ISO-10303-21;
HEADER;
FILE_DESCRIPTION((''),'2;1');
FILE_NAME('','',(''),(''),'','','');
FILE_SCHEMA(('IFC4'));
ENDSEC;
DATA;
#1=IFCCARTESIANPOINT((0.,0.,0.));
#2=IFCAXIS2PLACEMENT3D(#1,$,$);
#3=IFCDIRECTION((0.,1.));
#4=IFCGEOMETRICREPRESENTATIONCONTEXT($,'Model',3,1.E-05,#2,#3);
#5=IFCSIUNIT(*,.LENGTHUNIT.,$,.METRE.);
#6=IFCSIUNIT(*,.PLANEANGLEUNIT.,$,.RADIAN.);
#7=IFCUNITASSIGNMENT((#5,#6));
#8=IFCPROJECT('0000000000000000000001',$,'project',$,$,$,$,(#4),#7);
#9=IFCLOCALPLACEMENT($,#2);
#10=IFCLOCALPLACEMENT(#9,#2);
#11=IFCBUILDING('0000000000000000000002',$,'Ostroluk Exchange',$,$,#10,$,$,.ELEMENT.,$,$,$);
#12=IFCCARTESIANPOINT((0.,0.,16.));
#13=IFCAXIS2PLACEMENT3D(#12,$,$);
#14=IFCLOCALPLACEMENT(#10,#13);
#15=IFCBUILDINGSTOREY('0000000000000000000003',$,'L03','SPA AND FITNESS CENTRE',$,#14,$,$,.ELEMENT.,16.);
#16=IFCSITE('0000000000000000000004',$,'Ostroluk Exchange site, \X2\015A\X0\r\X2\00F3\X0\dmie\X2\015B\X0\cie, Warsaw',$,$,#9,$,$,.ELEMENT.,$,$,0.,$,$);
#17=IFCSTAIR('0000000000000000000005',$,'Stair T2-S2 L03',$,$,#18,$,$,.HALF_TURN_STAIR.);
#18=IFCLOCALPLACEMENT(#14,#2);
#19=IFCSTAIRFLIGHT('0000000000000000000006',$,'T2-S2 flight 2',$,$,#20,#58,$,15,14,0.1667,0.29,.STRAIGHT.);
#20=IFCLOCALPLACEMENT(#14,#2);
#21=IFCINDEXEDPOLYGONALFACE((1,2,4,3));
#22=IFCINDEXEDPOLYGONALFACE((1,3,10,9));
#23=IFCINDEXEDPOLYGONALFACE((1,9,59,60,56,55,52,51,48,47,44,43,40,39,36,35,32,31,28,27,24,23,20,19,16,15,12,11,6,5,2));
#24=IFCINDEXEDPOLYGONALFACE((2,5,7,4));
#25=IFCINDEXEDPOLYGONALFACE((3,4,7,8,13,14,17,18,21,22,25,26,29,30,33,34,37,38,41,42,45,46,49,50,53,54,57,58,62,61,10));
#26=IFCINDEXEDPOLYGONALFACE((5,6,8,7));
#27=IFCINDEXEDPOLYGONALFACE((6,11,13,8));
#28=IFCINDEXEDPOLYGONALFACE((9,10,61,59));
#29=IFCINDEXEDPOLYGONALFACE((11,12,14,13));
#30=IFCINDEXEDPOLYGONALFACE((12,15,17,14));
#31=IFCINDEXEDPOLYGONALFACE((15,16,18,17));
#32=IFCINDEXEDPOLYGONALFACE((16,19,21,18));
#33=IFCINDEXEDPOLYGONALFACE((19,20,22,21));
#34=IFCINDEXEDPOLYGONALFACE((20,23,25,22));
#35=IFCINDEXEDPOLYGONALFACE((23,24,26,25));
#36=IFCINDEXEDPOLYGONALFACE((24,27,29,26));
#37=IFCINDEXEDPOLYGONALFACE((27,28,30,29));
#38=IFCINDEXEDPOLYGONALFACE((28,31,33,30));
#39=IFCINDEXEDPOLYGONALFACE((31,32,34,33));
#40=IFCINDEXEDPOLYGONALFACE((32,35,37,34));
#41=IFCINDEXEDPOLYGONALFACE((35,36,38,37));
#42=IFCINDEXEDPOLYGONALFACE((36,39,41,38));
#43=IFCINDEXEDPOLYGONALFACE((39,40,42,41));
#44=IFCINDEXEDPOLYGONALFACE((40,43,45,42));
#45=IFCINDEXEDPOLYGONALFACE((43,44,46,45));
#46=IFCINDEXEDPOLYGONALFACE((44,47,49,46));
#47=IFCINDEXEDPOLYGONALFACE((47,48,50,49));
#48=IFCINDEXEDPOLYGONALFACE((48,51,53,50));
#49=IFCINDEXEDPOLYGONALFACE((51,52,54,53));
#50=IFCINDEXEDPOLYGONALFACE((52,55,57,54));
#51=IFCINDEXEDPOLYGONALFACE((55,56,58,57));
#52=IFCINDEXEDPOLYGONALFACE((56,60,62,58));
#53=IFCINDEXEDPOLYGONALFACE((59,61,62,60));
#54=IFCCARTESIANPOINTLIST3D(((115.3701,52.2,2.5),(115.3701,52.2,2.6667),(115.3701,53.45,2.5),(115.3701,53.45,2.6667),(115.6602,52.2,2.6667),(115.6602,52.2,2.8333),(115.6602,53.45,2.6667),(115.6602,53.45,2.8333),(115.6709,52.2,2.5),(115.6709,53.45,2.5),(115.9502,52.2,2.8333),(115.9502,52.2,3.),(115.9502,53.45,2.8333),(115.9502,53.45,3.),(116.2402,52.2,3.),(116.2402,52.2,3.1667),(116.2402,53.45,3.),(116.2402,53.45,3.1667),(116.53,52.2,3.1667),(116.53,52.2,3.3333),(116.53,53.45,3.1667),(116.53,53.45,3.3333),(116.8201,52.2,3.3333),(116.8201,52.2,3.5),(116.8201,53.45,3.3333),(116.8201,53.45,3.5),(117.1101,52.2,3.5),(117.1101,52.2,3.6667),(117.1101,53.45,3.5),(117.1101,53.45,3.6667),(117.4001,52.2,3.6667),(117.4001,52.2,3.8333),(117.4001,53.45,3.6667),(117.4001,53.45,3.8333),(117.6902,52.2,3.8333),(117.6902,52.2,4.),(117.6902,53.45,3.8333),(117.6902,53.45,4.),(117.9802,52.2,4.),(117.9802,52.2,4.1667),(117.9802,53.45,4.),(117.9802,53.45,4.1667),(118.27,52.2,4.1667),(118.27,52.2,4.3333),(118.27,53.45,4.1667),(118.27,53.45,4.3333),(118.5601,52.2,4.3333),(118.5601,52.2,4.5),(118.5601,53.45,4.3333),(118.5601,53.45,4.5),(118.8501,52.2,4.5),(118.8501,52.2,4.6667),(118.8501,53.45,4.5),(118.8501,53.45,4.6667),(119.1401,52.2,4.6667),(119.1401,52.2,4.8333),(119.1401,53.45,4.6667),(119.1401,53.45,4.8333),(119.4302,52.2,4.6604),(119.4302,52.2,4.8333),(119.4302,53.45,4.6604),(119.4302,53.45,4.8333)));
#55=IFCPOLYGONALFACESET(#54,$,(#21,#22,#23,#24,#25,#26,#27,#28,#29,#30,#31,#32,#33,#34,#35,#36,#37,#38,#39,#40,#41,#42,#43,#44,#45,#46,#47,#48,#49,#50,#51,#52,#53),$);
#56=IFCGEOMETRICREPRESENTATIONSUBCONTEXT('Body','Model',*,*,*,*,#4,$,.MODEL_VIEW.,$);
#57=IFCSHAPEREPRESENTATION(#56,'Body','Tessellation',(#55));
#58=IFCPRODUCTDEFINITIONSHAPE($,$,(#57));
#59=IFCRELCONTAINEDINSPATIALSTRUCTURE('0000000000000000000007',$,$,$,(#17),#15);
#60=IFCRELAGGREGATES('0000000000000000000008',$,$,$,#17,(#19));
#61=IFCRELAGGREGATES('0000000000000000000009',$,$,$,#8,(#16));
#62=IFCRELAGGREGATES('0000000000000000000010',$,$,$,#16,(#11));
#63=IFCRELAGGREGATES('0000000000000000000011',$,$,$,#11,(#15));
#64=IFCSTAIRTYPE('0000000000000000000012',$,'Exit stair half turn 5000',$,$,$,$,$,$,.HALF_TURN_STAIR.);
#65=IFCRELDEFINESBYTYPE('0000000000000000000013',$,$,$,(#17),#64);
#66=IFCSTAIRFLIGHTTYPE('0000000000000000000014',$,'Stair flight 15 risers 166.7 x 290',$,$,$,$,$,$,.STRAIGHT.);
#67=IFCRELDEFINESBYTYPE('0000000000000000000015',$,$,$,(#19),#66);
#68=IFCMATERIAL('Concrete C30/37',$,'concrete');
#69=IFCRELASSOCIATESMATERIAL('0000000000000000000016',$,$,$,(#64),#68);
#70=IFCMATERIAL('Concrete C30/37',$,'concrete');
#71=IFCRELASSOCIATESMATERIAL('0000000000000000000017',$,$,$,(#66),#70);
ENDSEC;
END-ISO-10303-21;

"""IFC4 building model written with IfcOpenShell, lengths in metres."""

from ifc_helpers import new_model, si_unit, direction, frame, origin, place, context, subcontext, project, spatial, polyline, outline, extrude, material, type_object, element, aggregate, save


model = new_model("IFC4")

# Units and contexts
model_context = context("Model", 3, precision=1e-05, world=origin(), true_north=direction((0.0, 1.0)))
body_context = subcontext(model_context, "Body", "Model", "MODEL_VIEW")
ifc_project = project(units=[si_unit("LENGTHUNIT", "METRE"), si_unit("PLANEANGLEUNIT", "RADIAN")], contexts=[model_context])

# Site, building, storey
site_placement = place(None, origin())
site = spatial("IfcSite", under=ifc_project, at=site_placement, Name="Ostroluk Exchange site, Śródmieście, Warsaw", CompositionType="ELEMENT", RefElevation=0.0)
building_placement = place(site_placement, origin())
building = spatial("IfcBuilding", under=site, at=building_placement, Name="Ostroluk Exchange", CompositionType="ELEMENT")
storey_placement = place(building_placement, frame((0.0, 0.0, 16.0)))
storey = spatial("IfcBuildingStorey", under=building, at=storey_placement, Name="L03", Description="SPA AND FITNESS CENTRE", CompositionType="ELEMENT", Elevation=16.0)

# Stair, stair flight
ifc_material_1 = material(Name="Concrete C30/37", Category="concrete")
stair_type = type_object("IfcStairType", Name="Exit stair half turn 5000", PredefinedType="HALF_TURN_STAIR", material=ifc_material_1)
stair_placement = place(storey_placement, origin())
stair = element("IfcStair", 1, at=stair_placement, inside=storey, type_object=stair_type, Name="Stair T2-S2 L03", PredefinedType="HALF_TURN_STAIR")
ifc_material_2 = material(Name="Concrete C30/37", Category="concrete")
stair_flight_type = type_object("IfcStairFlightType", Name="Stair flight 15 risers 166.7 x 290", PredefinedType="STRAIGHT", material=ifc_material_2)
stair_flight_1_placement = place(storey_placement, frame((115.3701, 52.825, 2.5), z_axis=(0.0, 0.0, 1.0), x_axis=(1.0, 0.0, 0.0)))
stair_flight_1 = element("IfcStairFlight", 2, at=stair_flight_1_placement, type_object=stair_flight_type, Name="T2-S2 flight 2", NumberOfRisers=15, NumberOfTreads=14, PredefinedType="STRAIGHT", RiserHeight=0.1667, TreadLength=0.29, context=body_context, shape_type="SweptSolid", body=[
    extrude(outline(polyline([(0.0, 0.0), (0.0, 0.1667), (0.29, 0.1667), (0.29, 0.3333), (0.5801, 0.3333), (0.5801, 0.5), (0.8701, 0.5), (0.8701, 0.6667), (1.1599, 0.6667), (1.1599, 0.8333), (1.45, 0.8333), (1.45, 1.0), (1.74, 1.0), (1.74, 1.1667), (2.03, 1.1667), (2.03, 1.3333), (2.3201, 1.3333), (2.3201, 1.5), (2.6101, 1.5), (2.6101, 1.6667), (2.8999, 1.6667), (2.8999, 1.8333), (3.1899, 1.8333), (3.1899, 2.0), (3.48, 2.0), (3.48, 2.1667), (3.77, 2.1667), (3.77, 2.3333), (4.0601, 2.3333), (4.0601, 2.5), (4.0601, 2.1604), (0.3008, 0.0), (0.0, 0.0)])), frame((0.0, 0.625, 0.0), z_axis=(0.0, -1.0, 0.0), x_axis=(1.0, 0.0, 0.0)), (0.0, 0.0, 1.0), 1.25),
])
aggregate(stair, [stair_flight_1])

save(model, "model.ifc")
